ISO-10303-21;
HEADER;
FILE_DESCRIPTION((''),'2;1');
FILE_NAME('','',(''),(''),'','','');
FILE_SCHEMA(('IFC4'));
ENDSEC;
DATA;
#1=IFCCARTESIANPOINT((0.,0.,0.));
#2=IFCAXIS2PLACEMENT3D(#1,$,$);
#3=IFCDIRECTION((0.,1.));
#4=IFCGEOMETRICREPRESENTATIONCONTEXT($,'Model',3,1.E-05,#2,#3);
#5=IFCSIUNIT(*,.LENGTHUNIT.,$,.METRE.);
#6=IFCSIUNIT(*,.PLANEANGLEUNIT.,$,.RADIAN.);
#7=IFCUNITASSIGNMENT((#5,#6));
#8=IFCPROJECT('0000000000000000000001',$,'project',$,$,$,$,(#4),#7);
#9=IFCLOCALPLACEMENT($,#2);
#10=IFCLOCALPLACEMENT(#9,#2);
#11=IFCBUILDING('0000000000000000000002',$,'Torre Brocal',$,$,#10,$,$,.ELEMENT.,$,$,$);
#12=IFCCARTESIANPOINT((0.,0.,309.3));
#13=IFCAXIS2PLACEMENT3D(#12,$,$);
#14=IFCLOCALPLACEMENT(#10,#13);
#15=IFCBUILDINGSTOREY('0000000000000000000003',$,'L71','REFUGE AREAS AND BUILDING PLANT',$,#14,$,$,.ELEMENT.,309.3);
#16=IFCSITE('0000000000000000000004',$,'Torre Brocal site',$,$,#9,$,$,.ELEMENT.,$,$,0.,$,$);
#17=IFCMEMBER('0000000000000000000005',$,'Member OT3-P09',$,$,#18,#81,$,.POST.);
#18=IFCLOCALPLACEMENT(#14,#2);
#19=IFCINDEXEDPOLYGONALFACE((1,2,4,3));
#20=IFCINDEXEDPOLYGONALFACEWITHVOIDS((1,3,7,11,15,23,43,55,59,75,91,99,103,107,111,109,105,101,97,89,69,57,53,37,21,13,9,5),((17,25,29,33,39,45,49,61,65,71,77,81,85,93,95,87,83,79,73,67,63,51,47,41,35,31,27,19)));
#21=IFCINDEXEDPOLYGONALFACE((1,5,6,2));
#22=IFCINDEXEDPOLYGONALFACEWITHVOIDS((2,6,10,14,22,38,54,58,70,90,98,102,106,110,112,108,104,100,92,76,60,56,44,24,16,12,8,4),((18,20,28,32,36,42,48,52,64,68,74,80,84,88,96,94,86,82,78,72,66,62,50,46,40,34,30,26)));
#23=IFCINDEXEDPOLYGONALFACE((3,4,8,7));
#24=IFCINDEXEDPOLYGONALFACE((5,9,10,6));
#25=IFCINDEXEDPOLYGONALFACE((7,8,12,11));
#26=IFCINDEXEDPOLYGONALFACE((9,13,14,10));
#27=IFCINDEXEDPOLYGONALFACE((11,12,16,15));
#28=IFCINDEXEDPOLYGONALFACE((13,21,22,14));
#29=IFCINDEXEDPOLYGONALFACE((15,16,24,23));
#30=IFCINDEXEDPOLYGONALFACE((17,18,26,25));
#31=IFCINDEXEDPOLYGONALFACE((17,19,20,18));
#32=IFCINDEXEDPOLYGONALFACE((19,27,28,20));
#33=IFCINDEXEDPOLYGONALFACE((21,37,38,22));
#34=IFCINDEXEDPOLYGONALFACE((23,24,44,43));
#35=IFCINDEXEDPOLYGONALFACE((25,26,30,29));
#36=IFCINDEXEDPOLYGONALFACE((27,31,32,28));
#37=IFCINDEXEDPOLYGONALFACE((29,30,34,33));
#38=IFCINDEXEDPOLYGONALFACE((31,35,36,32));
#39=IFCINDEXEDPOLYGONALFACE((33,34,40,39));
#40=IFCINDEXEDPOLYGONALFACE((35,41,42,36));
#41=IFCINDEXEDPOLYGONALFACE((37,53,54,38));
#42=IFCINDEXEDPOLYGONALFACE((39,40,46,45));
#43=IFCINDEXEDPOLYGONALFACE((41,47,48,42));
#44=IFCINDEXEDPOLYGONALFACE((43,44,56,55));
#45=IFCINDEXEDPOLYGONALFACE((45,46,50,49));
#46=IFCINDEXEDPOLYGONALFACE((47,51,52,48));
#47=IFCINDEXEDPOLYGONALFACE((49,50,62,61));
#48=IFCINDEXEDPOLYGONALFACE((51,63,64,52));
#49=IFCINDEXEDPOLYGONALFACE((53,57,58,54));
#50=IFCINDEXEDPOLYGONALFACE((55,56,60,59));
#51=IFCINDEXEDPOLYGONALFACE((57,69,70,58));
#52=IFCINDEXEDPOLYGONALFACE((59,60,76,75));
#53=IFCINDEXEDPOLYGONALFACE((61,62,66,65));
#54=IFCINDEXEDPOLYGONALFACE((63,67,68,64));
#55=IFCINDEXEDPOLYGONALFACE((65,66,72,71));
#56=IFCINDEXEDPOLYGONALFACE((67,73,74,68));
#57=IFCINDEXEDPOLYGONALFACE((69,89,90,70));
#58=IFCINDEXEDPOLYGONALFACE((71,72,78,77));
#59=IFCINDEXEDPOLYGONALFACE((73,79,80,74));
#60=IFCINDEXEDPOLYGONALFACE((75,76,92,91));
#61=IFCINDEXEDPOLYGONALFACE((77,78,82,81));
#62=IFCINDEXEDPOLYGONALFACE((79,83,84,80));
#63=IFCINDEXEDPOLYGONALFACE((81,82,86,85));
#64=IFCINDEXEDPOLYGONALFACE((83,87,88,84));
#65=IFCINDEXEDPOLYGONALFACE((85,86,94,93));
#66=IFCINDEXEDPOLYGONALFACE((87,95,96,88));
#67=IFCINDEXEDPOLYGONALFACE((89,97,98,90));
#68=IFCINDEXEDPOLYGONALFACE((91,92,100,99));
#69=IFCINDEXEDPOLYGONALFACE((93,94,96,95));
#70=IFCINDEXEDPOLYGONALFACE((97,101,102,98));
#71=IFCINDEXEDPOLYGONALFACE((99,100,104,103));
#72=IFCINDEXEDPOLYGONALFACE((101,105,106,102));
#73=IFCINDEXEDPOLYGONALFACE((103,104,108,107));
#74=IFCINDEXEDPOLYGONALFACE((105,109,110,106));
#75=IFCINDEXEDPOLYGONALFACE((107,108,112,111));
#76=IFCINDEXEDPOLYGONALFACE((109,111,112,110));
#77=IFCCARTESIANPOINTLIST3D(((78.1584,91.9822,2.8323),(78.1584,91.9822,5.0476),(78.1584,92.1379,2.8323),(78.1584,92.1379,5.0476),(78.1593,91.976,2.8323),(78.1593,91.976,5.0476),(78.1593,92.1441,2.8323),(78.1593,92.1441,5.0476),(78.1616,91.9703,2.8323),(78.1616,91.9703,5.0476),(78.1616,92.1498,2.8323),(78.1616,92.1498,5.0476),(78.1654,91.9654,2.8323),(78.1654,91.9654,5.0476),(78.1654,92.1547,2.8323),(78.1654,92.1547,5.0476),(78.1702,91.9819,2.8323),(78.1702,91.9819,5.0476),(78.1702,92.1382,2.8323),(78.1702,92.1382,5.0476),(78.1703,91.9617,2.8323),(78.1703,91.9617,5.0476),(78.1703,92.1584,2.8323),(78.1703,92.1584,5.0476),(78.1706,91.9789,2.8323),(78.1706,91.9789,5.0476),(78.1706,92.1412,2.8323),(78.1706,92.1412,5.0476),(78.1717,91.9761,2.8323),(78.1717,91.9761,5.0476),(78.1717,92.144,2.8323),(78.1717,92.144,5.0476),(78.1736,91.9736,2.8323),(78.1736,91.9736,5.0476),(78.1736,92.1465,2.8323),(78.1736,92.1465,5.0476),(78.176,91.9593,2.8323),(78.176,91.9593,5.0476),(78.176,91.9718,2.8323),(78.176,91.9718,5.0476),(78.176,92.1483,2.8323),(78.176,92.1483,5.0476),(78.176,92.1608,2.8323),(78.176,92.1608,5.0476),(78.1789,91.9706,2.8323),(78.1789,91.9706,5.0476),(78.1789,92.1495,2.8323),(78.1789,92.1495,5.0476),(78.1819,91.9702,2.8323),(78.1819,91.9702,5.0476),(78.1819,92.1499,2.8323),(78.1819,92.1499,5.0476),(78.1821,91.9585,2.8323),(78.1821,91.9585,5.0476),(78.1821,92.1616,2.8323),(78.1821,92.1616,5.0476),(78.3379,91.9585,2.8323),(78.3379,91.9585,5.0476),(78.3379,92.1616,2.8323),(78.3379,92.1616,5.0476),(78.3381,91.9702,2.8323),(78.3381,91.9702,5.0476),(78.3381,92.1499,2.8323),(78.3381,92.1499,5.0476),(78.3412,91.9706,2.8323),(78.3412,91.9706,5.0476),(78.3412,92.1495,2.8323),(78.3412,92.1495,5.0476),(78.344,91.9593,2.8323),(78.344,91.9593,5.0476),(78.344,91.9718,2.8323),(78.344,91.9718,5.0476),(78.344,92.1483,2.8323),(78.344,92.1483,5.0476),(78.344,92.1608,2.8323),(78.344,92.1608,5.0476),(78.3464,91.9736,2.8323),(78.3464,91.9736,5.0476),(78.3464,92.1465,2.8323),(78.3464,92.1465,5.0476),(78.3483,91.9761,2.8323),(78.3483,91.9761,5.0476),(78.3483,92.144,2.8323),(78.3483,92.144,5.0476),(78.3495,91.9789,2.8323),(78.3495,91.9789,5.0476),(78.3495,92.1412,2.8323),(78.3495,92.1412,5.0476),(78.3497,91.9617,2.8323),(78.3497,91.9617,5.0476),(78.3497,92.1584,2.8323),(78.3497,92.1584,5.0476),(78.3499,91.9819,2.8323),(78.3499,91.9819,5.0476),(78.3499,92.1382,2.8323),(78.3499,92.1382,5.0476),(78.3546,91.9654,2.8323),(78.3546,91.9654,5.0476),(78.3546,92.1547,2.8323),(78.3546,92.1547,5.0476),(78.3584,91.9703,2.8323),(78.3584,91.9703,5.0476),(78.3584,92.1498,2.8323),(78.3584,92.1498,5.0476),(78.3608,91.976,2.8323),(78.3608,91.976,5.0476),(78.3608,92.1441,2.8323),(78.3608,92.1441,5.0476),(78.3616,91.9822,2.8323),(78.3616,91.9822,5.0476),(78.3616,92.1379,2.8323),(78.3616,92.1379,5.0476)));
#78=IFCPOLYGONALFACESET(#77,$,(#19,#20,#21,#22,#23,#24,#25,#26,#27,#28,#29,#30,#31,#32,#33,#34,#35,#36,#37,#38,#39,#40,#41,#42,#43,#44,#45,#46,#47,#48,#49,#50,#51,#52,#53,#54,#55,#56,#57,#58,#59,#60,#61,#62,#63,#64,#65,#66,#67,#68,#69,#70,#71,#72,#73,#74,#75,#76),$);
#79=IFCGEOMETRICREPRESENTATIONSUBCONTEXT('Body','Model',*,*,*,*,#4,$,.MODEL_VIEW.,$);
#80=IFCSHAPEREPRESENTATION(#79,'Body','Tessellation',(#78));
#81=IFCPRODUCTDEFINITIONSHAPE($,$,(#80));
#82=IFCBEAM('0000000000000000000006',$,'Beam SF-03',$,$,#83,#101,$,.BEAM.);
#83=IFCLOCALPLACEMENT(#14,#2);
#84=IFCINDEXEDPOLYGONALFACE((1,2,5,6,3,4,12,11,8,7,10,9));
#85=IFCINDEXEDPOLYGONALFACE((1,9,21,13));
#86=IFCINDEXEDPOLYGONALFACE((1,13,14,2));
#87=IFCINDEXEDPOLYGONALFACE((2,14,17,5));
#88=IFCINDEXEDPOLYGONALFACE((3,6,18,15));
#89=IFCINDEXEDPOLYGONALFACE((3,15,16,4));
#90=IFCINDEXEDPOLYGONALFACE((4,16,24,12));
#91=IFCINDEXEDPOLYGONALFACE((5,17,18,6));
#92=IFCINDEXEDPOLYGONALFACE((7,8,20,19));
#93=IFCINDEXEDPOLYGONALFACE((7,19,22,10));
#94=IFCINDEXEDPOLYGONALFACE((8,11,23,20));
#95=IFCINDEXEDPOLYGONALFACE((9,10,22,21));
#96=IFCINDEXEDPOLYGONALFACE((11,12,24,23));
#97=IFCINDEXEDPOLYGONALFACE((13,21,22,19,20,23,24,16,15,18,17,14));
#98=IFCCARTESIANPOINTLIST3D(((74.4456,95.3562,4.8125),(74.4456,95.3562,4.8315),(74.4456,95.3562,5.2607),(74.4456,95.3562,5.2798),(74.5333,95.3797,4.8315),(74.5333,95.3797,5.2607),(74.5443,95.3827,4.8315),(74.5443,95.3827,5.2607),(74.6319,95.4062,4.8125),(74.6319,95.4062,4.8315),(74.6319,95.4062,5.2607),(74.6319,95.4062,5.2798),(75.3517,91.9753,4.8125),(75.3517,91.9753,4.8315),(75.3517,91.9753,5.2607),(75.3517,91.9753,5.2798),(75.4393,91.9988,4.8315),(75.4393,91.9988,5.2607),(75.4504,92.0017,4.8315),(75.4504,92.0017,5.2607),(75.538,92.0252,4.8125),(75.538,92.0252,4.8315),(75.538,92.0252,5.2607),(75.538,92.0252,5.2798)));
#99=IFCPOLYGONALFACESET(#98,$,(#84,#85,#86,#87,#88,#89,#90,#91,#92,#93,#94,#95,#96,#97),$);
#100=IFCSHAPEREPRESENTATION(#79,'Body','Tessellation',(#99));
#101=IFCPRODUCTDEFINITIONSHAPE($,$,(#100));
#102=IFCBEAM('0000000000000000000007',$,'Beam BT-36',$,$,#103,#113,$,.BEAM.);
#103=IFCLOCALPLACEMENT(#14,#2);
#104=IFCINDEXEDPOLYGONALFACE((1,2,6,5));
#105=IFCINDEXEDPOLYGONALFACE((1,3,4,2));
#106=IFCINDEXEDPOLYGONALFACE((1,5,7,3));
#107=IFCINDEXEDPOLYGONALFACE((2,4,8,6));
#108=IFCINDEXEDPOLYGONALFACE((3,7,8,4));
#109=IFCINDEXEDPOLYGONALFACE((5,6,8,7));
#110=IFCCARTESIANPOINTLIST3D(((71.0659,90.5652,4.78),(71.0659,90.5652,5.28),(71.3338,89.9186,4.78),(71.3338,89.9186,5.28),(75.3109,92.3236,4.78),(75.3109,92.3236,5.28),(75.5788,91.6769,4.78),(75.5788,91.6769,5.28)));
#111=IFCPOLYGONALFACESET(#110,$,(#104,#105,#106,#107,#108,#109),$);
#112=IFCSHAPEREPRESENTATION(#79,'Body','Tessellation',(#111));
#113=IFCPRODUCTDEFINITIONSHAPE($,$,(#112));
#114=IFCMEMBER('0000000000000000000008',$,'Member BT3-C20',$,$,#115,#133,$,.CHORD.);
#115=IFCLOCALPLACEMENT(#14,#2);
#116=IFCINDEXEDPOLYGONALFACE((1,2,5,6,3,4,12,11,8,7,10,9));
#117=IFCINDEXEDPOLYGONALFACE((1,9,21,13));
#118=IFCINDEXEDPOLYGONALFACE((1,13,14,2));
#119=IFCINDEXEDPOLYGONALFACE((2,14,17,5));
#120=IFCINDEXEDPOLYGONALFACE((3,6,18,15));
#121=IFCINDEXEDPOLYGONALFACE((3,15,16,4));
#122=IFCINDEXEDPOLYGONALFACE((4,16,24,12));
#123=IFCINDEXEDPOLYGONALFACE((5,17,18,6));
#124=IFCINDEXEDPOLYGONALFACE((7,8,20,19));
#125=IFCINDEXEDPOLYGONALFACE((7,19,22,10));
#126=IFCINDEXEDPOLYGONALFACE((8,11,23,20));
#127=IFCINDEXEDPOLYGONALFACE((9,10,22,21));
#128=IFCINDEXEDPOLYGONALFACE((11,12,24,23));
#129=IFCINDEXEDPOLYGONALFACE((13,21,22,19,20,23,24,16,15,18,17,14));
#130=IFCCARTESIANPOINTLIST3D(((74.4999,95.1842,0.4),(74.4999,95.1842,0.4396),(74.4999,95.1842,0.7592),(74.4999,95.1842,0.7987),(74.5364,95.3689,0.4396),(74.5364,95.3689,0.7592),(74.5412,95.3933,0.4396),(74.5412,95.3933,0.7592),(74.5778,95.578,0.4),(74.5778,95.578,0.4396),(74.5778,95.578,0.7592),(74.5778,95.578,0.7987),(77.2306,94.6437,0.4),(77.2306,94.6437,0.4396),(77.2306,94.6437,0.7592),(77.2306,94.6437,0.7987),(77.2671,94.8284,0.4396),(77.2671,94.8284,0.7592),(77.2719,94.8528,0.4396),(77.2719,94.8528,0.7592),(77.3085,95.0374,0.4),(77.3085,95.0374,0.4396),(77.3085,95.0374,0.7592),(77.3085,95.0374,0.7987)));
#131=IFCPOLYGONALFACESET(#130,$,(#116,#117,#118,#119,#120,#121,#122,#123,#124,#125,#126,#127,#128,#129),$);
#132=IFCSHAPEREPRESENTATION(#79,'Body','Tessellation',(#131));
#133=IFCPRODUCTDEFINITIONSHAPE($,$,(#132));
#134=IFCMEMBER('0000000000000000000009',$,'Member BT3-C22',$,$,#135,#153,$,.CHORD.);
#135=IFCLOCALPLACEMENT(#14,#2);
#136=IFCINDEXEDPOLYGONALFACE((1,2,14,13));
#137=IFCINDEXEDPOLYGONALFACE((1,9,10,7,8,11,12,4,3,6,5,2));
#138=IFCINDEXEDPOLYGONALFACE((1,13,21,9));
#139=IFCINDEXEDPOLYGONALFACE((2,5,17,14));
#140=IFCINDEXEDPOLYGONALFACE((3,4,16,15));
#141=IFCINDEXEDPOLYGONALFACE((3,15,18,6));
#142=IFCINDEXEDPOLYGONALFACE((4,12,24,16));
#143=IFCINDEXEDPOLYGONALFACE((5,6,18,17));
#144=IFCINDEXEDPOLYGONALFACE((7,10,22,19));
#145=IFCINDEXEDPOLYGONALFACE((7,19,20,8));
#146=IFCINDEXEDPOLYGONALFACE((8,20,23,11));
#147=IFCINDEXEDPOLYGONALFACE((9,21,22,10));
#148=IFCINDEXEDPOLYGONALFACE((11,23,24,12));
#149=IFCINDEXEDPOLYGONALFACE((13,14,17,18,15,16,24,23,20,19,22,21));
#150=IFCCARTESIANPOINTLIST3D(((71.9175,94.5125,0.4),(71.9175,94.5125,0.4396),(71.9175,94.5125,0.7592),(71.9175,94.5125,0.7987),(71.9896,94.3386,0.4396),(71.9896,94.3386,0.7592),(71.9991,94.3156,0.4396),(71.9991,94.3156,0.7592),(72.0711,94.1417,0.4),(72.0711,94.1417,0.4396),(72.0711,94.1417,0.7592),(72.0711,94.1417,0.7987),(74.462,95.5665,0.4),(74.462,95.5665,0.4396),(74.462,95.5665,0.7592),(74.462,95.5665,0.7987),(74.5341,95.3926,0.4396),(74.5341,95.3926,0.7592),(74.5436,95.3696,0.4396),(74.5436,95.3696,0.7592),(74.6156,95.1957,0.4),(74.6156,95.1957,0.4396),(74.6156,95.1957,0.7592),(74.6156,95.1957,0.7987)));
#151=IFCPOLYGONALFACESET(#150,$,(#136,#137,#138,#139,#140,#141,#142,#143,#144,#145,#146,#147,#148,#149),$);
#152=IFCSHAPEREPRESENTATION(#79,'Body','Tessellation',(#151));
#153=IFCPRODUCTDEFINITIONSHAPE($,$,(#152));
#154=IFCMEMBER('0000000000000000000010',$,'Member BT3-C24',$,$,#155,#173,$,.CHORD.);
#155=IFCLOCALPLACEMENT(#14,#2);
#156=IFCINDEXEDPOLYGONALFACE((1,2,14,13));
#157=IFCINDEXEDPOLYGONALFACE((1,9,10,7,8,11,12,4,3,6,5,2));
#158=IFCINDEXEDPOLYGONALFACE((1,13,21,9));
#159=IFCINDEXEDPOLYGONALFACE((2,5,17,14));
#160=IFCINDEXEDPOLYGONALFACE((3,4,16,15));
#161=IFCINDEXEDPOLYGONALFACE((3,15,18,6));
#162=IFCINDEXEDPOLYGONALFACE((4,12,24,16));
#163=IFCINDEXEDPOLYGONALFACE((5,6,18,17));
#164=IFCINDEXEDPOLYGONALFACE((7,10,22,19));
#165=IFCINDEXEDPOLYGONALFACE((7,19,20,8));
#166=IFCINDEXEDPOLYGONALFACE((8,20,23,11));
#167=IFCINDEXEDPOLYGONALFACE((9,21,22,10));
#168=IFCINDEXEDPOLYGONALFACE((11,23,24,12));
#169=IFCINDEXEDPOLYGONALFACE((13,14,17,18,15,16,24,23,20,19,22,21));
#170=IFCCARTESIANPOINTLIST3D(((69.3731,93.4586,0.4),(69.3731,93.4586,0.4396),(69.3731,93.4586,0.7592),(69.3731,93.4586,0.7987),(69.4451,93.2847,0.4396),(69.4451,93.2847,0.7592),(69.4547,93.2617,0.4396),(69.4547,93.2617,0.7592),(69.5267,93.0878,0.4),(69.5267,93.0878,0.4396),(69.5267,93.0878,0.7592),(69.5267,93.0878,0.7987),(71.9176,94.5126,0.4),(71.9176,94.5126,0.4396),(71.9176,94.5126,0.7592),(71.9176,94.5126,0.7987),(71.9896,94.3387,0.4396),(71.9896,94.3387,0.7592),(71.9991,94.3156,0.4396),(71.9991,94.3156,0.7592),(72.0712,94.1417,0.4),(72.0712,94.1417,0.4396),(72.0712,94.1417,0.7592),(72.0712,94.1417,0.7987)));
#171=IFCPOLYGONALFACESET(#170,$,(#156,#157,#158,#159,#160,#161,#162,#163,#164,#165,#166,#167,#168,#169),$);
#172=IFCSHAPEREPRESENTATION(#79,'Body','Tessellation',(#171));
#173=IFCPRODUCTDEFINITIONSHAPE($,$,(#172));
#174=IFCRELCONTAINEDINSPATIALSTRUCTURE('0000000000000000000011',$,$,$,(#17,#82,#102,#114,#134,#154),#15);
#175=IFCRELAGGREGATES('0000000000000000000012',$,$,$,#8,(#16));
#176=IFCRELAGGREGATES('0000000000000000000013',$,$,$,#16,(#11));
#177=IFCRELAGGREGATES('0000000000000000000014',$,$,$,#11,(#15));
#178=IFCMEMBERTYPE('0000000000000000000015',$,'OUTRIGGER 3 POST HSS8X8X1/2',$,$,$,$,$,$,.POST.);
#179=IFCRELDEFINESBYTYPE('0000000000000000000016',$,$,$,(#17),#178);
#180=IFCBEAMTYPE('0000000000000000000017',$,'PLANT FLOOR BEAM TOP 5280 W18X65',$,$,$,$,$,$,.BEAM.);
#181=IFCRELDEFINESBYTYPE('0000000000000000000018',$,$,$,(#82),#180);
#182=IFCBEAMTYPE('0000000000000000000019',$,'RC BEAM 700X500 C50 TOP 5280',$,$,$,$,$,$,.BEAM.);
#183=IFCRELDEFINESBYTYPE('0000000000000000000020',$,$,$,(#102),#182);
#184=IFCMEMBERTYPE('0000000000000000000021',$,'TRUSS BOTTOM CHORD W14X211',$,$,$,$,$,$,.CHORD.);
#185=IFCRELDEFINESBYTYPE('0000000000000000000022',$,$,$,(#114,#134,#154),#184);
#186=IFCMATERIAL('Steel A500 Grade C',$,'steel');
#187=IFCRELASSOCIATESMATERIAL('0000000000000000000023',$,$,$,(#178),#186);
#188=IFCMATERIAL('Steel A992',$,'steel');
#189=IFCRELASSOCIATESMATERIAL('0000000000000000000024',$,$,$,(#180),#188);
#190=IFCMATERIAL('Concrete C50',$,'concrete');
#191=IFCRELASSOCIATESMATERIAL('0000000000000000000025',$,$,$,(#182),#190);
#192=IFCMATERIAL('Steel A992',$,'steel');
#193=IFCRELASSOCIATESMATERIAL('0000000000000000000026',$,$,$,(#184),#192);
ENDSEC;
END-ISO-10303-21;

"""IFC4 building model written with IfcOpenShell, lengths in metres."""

from ifc_helpers import new_model, si_unit, direction, frame, origin, origin_2d, place, context, subcontext, project, spatial, rectangle, hollow_rectangle, i_section, extrude, material, material_profile, profile_set, type_object, element, save


model = new_model("IFC4")

# Units and contexts
model_context = context("Model", 3, precision=1e-05, world=origin(), true_north=direction((0.0, 1.0)))
body_context = subcontext(model_context, "Body", "Model", "MODEL_VIEW")
ifc_project = project(units=[si_unit("LENGTHUNIT", "METRE"), si_unit("PLANEANGLEUNIT", "RADIAN")], contexts=[model_context])

# Site, building, storey
site_placement = place(None, origin())
site = spatial("IfcSite", under=ifc_project, at=site_placement, Name="Torre Brocal site", CompositionType="ELEMENT", RefElevation=0.0)
building_placement = place(site_placement, origin())
building = spatial("IfcBuilding", under=site, at=building_placement, Name="Torre Brocal", CompositionType="ELEMENT")
storey_placement = place(building_placement, frame((0.0, 0.0, 309.3)))
storey = spatial("IfcBuildingStorey", under=building, at=storey_placement, Name="L71", Description="REFUGE AREAS AND BUILDING PLANT", CompositionType="ELEMENT", Elevation=309.3)

# Member
ifc_material_1 = material(Name="Steel A500 Grade C", Category="steel")
ifc_material_profile_1 = material_profile(ifc_material_1, hollow_rectangle(XDim=0.2031, YDim=0.2031, WallThickness=0.0117, InnerFilletRadius=0.0117, OuterFilletRadius=0.0237, at=origin_2d()), Name="HSS8X8X1/2")
ifc_profile_set_1 = profile_set([ifc_material_profile_1], Name="Steel A500 Grade C")
member_type_1 = type_object("IfcMemberType", Name="OUTRIGGER 3 POST HSS8X8X1/2", PredefinedType="POST", material=ifc_profile_set_1)
for number, where, z_axis, x_axis, name in (
    (1, (78.26, 92.0601, 2.8323), (0.0, 0.0, 1.0), (1.0, 0.0, 0.0), "Member OT3-P09"),
):
    element("IfcMember", number, at=place(storey_placement, frame(where, z_axis=z_axis, x_axis=x_axis)), inside=storey, type_object=member_type_1, Name=name, PredefinedType="POST", context=body_context, shape_type="SweptSolid", body=[
        extrude(hollow_rectangle(XDim=0.2031, YDim=0.2031, WallThickness=0.0117, InnerFilletRadius=0.0117, OuterFilletRadius=0.0237, at=origin_2d()), origin(), (0.0, 0.0, 1.0), 2.2153),
    ])

# Beams
ifc_material_2 = material(Name="Steel A992", Category="steel")
ifc_material_profile_2 = material_profile(ifc_material_2, i_section(OverallWidth=0.1929, OverallDepth=0.4673, WebThickness=0.0115, FlangeThickness=0.019, at=origin_2d()), Name="W18X65")
ifc_profile_set_2 = profile_set([ifc_material_profile_2], Name="Steel A992")
beam_type_1 = type_object("IfcBeamType", Name="PLANT FLOOR BEAM TOP 5280 W18X65", PredefinedType="BEAM", material=ifc_profile_set_2)
beam_1_placement = place(storey_placement, frame((75.4448, 92.0002, 5.0461), z_axis=(-0.258848, 0.965918, 0.0), x_axis=(-0.965918, -0.258848, 0.0)))
element("IfcBeam", 2, at=beam_1_placement, inside=storey, type_object=beam_type_1, Name="Beam SF-03", PredefinedType="BEAM", context=body_context, shape_type="SweptSolid", body=[
    extrude(i_section(OverallWidth=0.1929, OverallDepth=0.4673, WebThickness=0.0115, FlangeThickness=0.019, at=origin_2d()), origin(), (0.0, 0.0, 1.0), 3.5002),
])
ifc_material_3 = material(Name="Concrete C50", Category="concrete")
ifc_material_profile_3 = material_profile(ifc_material_3, rectangle(XDim=0.7, YDim=0.5, at=origin_2d()), Name="RC 700X500")
ifc_profile_set_3 = profile_set([ifc_material_profile_3], Name="Concrete C50")
beam_type_2 = type_object("IfcBeamType", Name="RC BEAM 700X500 C50 TOP 5280", PredefinedType="BEAM", material=ifc_profile_set_3)
beam_2_placement = place(storey_placement, frame((75.4448, 92.0002, 5.03), z_axis=(-0.923878, -0.382687, 0.0), x_axis=(0.382687, -0.923878, 0.0)))
element("IfcBeam", 3, at=beam_2_placement, inside=storey, type_object=beam_type_2, Name="Beam BT-36", PredefinedType="BEAM", context=body_context, shape_type="SweptSolid", body=[
    extrude(rectangle(XDim=0.7, YDim=0.5, at=origin_2d()), origin(), (0.0, 0.0, 1.0), 4.5947),
])

# Members
ifc_material_4 = material(Name="Steel A992", Category="steel")
ifc_material_profile_4 = material_profile(ifc_material_4, i_section(OverallWidth=0.4014, OverallDepth=0.3987, WebThickness=0.0249, FlangeThickness=0.0396, at=origin_2d()), Name="W14X211")
ifc_profile_set_4 = profile_set([ifc_material_profile_4], Name="Steel A992")
member_type_2 = type_object("IfcMemberType", Name="TRUSS BOTTOM CHORD W14X211", PredefinedType="CHORD", material=ifc_profile_set_4)
member_1_placement = place(storey_placement, frame((77.2695, 94.8406, 0.5994), z_axis=(-0.980967, 0.194176, 0.0), x_axis=(-0.194176, -0.980967, 0.0)))
element("IfcMember", 4, at=member_1_placement, inside=storey, type_object=member_type_2, Name="Member BT3-C20", PredefinedType="CHORD", context=body_context, shape_type="SweptSolid", body=[
    extrude(i_section(OverallWidth=0.4014, OverallDepth=0.3987, WebThickness=0.0249, FlangeThickness=0.0396, at=origin_2d()), origin(), (0.0, 0.0, 1.0), 2.7837),
])
for number, where, z_axis, x_axis, name in (
    (5, (74.5388, 95.3811, 0.5994), (-0.923877, -0.382688, 0.0), (0.382688, -0.923877, 0.0), "Member BT3-C22"),
    (6, (71.9944, 94.3271, 0.5994), (-0.923877, -0.382688, 0.0), (0.382688, -0.923877, 0.0), "Member BT3-C24"),
):
    element("IfcMember", number, at=place(storey_placement, frame(where, z_axis=z_axis, x_axis=x_axis)), inside=storey, type_object=member_type_2, Name=name, PredefinedType="CHORD", context=body_context, shape_type="SweptSolid", body=[
        extrude(i_section(OverallWidth=0.4014, OverallDepth=0.3987, WebThickness=0.0249, FlangeThickness=0.0396, at=origin_2d()), origin(), (0.0, 0.0, 1.0), 2.7542),
    ])

save(model, "model.ifc")
